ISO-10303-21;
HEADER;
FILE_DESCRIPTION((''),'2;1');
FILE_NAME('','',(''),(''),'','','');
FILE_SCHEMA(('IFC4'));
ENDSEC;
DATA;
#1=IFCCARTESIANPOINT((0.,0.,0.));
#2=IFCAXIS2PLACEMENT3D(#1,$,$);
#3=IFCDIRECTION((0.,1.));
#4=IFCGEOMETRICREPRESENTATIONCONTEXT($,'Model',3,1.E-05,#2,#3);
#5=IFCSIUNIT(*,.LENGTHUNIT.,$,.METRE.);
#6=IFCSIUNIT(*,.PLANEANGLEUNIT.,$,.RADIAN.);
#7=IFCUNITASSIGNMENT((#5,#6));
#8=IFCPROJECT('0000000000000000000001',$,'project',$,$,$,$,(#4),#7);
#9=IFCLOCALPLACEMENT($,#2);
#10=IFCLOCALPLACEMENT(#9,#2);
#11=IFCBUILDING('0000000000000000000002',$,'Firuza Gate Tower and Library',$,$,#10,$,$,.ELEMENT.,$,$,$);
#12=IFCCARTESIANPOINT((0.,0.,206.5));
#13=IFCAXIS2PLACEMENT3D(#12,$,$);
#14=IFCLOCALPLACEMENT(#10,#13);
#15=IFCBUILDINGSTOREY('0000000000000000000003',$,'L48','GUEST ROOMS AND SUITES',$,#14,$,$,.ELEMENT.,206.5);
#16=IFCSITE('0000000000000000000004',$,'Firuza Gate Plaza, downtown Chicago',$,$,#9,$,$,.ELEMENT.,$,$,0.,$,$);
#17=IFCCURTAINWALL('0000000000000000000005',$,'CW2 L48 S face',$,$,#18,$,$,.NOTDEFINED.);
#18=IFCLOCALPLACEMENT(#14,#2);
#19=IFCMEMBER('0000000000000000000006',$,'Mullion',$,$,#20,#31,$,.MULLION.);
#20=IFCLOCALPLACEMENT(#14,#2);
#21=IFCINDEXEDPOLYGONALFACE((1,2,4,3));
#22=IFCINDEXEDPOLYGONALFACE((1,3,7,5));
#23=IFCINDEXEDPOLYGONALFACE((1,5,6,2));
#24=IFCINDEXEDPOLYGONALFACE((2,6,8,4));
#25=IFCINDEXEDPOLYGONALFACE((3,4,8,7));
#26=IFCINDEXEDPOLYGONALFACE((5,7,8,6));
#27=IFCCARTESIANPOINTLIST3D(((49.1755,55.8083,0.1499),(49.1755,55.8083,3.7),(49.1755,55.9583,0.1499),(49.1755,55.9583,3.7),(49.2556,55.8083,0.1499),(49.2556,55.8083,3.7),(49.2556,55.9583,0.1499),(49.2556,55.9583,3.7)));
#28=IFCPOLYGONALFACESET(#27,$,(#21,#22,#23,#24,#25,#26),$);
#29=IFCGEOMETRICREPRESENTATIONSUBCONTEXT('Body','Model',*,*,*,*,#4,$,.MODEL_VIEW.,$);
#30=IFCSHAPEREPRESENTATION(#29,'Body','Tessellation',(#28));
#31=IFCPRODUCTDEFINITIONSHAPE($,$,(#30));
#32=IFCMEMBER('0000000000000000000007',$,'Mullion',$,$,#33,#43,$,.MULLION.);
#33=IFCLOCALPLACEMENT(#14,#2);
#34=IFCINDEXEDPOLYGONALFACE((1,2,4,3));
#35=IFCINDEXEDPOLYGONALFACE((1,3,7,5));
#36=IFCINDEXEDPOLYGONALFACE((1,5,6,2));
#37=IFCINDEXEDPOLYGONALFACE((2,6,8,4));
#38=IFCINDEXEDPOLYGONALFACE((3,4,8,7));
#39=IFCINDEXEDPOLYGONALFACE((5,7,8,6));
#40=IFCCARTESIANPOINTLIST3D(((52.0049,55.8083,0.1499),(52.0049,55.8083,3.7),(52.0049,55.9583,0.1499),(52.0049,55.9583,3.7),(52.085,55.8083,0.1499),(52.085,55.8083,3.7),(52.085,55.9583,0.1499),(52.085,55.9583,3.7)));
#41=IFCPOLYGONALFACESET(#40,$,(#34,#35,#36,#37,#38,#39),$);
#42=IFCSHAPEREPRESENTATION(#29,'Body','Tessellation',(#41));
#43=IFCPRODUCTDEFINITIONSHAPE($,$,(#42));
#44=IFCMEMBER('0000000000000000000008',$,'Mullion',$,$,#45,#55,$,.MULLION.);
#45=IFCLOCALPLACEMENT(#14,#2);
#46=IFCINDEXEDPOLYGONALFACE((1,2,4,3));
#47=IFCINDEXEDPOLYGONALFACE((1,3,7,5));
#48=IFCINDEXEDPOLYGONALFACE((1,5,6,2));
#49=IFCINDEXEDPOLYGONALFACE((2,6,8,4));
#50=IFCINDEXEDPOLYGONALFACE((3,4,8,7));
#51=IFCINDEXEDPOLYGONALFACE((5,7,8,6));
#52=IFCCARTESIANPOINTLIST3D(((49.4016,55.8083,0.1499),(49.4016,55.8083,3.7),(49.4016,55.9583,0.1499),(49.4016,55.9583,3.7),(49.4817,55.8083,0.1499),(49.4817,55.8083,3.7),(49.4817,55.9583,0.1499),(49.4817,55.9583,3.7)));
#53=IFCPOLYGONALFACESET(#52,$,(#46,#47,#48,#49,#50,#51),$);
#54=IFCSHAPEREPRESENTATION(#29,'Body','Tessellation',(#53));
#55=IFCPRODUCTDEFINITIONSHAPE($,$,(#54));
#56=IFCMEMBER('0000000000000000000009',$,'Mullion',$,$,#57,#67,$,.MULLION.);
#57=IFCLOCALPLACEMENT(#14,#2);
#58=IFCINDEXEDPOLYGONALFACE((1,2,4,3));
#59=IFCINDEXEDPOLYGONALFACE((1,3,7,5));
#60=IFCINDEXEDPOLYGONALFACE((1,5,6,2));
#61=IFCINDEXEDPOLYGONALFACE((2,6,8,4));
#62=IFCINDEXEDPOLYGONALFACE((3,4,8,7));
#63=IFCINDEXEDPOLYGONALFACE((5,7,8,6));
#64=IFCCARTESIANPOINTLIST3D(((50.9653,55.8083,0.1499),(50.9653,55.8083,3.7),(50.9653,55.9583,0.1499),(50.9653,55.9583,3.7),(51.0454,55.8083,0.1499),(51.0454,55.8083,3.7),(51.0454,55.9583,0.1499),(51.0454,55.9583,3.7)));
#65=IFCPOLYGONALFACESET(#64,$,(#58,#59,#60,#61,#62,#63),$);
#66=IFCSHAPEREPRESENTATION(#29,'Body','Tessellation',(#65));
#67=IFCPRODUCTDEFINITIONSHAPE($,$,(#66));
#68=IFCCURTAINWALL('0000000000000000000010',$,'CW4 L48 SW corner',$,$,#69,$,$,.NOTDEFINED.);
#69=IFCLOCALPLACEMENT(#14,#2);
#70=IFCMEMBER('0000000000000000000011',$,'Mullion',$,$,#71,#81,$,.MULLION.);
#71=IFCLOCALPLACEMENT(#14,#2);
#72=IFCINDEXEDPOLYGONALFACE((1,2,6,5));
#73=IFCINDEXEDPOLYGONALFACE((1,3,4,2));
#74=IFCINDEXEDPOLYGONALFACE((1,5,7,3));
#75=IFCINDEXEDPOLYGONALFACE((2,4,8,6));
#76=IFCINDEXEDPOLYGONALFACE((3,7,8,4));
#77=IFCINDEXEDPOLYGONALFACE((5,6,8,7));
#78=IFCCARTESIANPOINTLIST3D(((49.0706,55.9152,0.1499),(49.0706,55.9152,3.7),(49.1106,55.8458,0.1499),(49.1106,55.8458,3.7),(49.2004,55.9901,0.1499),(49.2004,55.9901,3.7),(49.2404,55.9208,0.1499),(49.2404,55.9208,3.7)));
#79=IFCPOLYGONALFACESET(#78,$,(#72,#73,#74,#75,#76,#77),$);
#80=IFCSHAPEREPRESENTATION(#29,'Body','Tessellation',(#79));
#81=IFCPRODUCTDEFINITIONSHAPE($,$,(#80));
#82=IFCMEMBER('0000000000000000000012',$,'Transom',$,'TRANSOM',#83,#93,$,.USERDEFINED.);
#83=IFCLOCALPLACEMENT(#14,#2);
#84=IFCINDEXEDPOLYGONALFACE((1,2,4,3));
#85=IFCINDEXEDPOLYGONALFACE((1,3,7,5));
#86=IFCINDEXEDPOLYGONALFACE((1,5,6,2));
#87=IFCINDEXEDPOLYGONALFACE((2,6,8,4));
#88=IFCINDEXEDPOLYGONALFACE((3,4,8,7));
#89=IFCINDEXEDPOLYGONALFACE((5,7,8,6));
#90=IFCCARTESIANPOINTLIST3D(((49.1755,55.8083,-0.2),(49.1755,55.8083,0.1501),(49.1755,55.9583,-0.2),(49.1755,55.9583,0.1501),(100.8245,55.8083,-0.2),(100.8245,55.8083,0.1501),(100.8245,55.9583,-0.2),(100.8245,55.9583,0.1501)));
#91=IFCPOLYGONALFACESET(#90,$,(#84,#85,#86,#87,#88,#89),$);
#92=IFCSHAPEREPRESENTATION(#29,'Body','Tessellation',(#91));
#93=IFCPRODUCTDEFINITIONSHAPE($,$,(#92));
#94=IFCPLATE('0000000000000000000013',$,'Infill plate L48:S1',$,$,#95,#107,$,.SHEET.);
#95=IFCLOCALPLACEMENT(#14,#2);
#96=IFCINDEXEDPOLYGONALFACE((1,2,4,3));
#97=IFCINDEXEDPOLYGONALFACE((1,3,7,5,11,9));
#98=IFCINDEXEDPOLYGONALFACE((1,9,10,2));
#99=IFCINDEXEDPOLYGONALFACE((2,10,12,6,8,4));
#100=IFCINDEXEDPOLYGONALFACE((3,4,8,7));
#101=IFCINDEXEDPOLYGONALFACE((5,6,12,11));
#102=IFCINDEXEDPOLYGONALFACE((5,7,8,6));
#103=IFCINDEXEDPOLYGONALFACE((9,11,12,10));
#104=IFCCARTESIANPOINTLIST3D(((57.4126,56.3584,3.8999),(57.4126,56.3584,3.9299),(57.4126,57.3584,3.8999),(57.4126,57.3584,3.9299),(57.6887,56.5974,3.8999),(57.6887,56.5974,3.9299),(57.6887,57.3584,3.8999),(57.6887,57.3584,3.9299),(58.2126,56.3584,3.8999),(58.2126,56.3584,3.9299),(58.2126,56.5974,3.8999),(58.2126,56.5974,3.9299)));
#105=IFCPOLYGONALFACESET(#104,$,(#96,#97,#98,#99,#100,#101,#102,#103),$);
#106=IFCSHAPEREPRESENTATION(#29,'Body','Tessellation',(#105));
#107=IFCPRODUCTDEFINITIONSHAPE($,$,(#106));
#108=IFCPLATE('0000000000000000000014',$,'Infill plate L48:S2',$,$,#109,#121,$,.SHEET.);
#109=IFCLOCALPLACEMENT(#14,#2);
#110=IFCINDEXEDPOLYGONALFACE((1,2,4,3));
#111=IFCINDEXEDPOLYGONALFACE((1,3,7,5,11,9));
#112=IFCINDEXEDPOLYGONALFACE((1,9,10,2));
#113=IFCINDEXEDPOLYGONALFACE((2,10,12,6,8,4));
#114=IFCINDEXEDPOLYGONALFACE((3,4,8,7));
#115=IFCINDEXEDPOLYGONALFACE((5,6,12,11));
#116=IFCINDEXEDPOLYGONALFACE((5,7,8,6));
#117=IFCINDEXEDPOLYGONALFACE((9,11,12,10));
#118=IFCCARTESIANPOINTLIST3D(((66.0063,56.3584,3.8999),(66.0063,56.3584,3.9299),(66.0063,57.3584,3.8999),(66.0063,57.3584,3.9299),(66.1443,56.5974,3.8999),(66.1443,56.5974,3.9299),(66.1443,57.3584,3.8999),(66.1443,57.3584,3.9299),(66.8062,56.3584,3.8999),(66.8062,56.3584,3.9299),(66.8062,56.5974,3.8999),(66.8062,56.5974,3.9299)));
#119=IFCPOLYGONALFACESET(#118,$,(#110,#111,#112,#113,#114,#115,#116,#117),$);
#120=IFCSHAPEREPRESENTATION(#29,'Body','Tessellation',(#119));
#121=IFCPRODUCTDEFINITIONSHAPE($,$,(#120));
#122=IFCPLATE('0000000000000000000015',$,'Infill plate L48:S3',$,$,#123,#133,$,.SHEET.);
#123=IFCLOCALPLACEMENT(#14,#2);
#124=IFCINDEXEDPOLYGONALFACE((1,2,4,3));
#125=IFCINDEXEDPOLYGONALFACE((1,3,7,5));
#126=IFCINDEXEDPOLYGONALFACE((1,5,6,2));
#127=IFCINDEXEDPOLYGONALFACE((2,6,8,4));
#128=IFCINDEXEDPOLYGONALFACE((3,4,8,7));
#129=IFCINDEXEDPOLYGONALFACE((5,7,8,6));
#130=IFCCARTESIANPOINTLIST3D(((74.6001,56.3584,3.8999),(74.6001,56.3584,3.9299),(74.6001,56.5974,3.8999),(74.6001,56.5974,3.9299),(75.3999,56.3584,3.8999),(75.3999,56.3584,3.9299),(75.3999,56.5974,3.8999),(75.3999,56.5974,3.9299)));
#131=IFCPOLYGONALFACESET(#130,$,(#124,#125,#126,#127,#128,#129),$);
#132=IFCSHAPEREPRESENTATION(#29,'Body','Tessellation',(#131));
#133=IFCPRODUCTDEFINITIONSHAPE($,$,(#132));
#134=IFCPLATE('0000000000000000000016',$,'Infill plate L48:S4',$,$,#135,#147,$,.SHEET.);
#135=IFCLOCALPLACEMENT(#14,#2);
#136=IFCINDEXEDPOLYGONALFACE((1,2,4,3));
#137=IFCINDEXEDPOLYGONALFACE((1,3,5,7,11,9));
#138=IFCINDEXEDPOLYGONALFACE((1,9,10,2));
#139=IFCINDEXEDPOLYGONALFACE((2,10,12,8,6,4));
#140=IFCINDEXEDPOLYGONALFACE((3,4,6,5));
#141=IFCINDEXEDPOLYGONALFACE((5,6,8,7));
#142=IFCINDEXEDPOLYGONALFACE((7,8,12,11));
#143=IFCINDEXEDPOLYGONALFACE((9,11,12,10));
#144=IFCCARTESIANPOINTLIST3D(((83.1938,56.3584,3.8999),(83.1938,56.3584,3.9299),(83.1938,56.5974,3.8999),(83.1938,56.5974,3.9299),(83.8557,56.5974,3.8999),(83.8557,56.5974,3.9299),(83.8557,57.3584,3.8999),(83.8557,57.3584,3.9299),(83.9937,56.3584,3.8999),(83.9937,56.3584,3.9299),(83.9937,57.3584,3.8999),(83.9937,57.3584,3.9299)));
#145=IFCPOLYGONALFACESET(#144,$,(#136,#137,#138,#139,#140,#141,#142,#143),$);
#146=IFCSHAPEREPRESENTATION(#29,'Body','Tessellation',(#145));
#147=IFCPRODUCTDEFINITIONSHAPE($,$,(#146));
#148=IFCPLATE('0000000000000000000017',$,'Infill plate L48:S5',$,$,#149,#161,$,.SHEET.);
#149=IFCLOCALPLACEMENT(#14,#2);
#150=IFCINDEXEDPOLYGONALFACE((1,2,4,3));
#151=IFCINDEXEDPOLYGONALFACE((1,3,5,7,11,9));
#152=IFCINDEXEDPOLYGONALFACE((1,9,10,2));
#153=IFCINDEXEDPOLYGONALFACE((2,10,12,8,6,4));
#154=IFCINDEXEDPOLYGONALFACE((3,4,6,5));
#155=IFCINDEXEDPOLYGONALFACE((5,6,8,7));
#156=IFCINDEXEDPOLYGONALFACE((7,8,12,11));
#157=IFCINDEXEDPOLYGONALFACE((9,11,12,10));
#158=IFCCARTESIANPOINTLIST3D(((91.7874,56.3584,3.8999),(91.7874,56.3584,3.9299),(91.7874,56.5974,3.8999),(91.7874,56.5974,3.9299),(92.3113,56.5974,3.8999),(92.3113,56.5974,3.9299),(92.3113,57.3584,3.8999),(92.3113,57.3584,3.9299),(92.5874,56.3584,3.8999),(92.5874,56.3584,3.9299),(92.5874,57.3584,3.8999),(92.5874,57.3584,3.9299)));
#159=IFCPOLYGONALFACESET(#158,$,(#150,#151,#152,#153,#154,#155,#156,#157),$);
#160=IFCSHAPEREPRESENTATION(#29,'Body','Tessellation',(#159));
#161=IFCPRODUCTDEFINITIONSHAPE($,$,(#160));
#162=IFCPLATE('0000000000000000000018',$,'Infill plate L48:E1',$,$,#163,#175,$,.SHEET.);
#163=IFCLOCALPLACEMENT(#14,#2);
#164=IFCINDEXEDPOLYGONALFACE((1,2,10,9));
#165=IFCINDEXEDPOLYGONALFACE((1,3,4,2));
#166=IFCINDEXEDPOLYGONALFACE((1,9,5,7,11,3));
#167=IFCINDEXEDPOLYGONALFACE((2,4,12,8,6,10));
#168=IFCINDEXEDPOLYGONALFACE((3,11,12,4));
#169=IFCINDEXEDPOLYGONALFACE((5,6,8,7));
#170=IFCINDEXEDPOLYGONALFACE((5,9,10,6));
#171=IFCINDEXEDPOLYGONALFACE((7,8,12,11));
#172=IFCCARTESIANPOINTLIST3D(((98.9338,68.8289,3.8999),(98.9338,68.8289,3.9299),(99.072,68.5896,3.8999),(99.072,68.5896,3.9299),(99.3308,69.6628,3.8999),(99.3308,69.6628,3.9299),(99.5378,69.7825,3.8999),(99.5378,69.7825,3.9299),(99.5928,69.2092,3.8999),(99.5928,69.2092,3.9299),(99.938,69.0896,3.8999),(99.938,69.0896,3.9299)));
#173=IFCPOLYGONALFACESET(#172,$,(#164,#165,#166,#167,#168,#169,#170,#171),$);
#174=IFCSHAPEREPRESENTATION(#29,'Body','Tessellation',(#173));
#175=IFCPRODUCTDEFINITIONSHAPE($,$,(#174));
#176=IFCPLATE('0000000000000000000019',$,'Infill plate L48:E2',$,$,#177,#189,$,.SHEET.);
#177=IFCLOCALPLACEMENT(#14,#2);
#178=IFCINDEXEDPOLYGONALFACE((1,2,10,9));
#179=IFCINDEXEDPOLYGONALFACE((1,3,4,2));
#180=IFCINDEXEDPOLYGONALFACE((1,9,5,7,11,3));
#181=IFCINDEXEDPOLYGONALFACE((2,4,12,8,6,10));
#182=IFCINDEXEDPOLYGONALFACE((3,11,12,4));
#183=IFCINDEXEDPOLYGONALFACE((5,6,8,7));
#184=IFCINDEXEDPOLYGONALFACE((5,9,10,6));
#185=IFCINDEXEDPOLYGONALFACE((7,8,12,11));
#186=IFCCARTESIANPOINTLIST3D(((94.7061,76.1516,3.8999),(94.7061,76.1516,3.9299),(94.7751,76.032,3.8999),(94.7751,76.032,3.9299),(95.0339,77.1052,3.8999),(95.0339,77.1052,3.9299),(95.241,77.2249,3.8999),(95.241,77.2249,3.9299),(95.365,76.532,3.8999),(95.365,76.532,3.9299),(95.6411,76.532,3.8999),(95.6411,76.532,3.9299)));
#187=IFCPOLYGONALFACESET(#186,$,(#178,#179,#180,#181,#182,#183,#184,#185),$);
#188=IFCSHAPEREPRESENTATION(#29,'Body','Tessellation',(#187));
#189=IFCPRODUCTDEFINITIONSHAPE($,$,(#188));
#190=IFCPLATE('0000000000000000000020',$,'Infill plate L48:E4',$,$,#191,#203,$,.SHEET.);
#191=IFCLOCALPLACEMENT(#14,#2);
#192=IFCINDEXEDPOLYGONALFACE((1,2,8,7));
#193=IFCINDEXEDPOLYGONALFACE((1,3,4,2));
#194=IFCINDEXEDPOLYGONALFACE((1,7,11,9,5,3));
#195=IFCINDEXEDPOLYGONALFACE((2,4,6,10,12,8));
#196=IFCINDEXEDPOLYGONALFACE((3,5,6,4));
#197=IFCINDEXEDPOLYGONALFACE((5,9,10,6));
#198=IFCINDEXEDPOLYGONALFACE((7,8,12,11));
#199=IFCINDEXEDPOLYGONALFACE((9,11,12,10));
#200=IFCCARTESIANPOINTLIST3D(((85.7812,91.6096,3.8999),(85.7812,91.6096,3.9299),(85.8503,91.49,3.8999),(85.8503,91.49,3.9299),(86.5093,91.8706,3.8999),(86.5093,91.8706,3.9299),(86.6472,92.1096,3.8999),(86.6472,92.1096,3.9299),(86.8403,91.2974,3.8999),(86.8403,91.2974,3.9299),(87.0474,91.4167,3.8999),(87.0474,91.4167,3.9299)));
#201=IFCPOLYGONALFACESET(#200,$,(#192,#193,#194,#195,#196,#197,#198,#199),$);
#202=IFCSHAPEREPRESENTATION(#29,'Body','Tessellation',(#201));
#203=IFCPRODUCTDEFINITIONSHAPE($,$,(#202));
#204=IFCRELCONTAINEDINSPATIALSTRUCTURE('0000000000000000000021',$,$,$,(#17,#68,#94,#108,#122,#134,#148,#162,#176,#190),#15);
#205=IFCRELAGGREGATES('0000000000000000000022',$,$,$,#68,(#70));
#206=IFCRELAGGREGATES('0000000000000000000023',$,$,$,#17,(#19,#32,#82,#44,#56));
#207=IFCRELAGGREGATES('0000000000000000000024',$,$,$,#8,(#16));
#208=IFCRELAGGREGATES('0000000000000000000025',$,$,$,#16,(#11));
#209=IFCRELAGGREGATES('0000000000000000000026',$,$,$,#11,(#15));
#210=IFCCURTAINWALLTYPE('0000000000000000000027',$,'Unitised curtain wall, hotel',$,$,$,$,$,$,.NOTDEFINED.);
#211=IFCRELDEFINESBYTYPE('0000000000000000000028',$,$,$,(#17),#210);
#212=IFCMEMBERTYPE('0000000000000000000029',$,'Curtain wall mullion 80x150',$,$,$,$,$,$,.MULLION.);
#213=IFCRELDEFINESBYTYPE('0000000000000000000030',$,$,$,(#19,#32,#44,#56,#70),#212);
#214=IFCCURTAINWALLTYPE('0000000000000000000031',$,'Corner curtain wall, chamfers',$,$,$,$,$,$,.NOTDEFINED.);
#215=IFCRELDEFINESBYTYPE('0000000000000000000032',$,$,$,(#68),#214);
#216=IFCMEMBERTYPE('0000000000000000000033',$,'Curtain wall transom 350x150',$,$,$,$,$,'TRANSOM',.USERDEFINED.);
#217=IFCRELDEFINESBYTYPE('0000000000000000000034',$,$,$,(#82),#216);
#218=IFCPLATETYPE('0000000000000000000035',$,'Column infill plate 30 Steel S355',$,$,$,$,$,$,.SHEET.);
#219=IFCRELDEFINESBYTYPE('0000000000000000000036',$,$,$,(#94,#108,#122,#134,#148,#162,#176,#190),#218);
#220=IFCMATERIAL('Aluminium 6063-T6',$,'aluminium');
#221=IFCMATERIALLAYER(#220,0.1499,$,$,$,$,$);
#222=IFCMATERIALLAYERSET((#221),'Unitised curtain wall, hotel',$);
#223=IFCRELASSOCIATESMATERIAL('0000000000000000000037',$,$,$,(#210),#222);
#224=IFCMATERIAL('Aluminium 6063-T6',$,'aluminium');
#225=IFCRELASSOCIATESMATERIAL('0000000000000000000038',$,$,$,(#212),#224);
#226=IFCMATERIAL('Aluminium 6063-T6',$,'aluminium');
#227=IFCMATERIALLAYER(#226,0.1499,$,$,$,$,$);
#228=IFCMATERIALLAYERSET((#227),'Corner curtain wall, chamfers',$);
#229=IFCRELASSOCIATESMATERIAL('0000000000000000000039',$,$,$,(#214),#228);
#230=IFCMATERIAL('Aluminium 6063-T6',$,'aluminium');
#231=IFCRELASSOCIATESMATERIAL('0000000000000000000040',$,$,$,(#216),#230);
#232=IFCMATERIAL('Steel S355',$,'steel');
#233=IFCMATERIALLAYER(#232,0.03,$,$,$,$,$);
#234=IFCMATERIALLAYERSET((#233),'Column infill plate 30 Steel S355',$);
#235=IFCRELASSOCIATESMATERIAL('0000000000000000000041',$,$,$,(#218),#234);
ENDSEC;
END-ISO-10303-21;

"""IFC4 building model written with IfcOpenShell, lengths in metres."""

from ifc_helpers import new_model, si_unit, direction, frame, origin, origin_2d, place, context, subcontext, project, spatial, polyline, rectangle, outline, extrude, material, layer, layer_set, material_profile, profile_set, type_object, element, aggregate, save


model = new_model("IFC4")

# Units and contexts
model_context = context("Model", 3, precision=1e-05, world=origin(), true_north=direction((0.0, 1.0)))
body_context = subcontext(model_context, "Body", "Model", "MODEL_VIEW")
ifc_project = project(units=[si_unit("LENGTHUNIT", "METRE"), si_unit("PLANEANGLEUNIT", "RADIAN")], contexts=[model_context])

# Site, building, storey
site_placement = place(None, origin())
site = spatial("IfcSite", under=ifc_project, at=site_placement, Name="Firuza Gate Plaza, downtown Chicago", CompositionType="ELEMENT", RefElevation=0.0)
building_placement = place(site_placement, origin())
building = spatial("IfcBuilding", under=site, at=building_placement, Name="Firuza Gate Tower and Library", CompositionType="ELEMENT")
storey_placement = place(building_placement, frame((0.0, 0.0, 206.5)))
storey = spatial("IfcBuildingStorey", under=building, at=storey_placement, Name="L48", Description="GUEST ROOMS AND SUITES", CompositionType="ELEMENT", Elevation=206.5)

# Curtain wall, members
ifc_material_1 = material(Name="Aluminium 6063-T6", Category="aluminium")
ifc_layer_1 = layer(ifc_material_1, 0.1499)
ifc_layer_set_1 = layer_set([ifc_layer_1], Name="Unitised curtain wall, hotel")
curtain_wall_type_1 = type_object("IfcCurtainWallType", Name="Unitised curtain wall, hotel", PredefinedType="NOTDEFINED", material=ifc_layer_set_1)
placement_1 = place(storey_placement, origin())
curtain_wall_1 = element("IfcCurtainWall", 1, at=placement_1, inside=storey, type_object=curtain_wall_type_1, Name="CW2 L48 S face", PredefinedType="NOTDEFINED")
ifc_material_2 = material(Name="Aluminium 6063-T6", Category="aluminium")
ifc_material_profile_1 = material_profile(ifc_material_2, rectangle(XDim=0.1499, YDim=0.0801, at=origin_2d()))
ifc_profile_set_1 = profile_set([ifc_material_profile_1], Name="Aluminium 6063-T6")
member_type_1 = type_object("IfcMemberType", Name="Curtain wall mullion 80x150", PredefinedType="MULLION", material=ifc_profile_set_1)
member_1_placement = place(storey_placement, frame((49.2156, 55.8833, 0.1499), z_axis=(0.0, 0.0, 1.0), x_axis=(0.0, 1.0, 0.0)))
member_1 = element("IfcMember", 2, at=member_1_placement, type_object=member_type_1, Name="Mullion", PredefinedType="MULLION", context=body_context, shape_type="SweptSolid", body=[
    extrude(rectangle(XDim=0.1499, YDim=0.0801, at=origin_2d()), origin(), (0.0, 0.0, 1.0), 3.55),
])
member_2_placement = place(storey_placement, frame((52.0449, 55.8833, 0.1499), z_axis=(0.0, 0.0, 1.0), x_axis=(0.0, 1.0, 0.0)))
member_2 = element("IfcMember", 3, at=member_2_placement, type_object=member_type_1, Name="Mullion", PredefinedType="MULLION", context=body_context, shape_type="SweptSolid", body=[
    extrude(rectangle(XDim=0.1499, YDim=0.0801, at=origin_2d()), origin(), (0.0, 0.0, 1.0), 3.55),
])
member_3_placement = place(storey_placement, frame((49.4417, 55.8833, 0.1499), z_axis=(0.0, 0.0, 1.0), x_axis=(0.0, 1.0, 0.0)))
member_3 = element("IfcMember", 4, at=member_3_placement, type_object=member_type_1, Name="Mullion", PredefinedType="MULLION", context=body_context, shape_type="SweptSolid", body=[
    extrude(rectangle(XDim=0.1499, YDim=0.0801, at=origin_2d()), origin(), (0.0, 0.0, 1.0), 3.55),
])
member_4_placement = place(storey_placement, frame((51.0054, 55.8833, 0.1499), z_axis=(0.0, 0.0, 1.0), x_axis=(0.0, 1.0, 0.0)))
member_4 = element("IfcMember", 5, at=member_4_placement, type_object=member_type_1, Name="Mullion", PredefinedType="MULLION", context=body_context, shape_type="SweptSolid", body=[
    extrude(rectangle(XDim=0.1499, YDim=0.0801, at=origin_2d()), origin(), (0.0, 0.0, 1.0), 3.55),
])

# Curtain wall, member
ifc_material_3 = material(Name="Aluminium 6063-T6", Category="aluminium")
ifc_layer_2 = layer(ifc_material_3, 0.1499)
ifc_layer_set_2 = layer_set([ifc_layer_2], Name="Corner curtain wall, chamfers")
curtain_wall_type_2 = type_object("IfcCurtainWallType", Name="Corner curtain wall, chamfers", PredefinedType="NOTDEFINED", material=ifc_layer_set_2)
curtain_wall_2 = element("IfcCurtainWall", 6, at=placement_1, inside=storey, type_object=curtain_wall_type_2, Name="CW4 L48 SW corner", PredefinedType="NOTDEFINED")
member_5_placement = place(storey_placement, frame((49.1555, 55.918, 0.1499), z_axis=(0.0, 0.0, 1.0), x_axis=(0.866025, 0.5, 0.0)))
member_5 = element("IfcMember", 7, at=member_5_placement, type_object=member_type_1, Name="Mullion", PredefinedType="MULLION", context=body_context, shape_type="SweptSolid", body=[
    extrude(rectangle(XDim=0.1499, YDim=0.0801, at=origin_2d()), origin(), (0.0, 0.0, 1.0), 3.55),
])
aggregate(curtain_wall_2, [member_5])

# Member
ifc_material_4 = material(Name="Aluminium 6063-T6", Category="aluminium")
ifc_material_profile_2 = material_profile(ifc_material_4, rectangle(XDim=0.1499, YDim=0.3501, at=origin_2d()))
ifc_profile_set_2 = profile_set([ifc_material_profile_2], Name="Aluminium 6063-T6")
member_type_2 = type_object("IfcMemberType", Name="Curtain wall transom 350x150", ElementType="TRANSOM", PredefinedType="USERDEFINED", material=ifc_profile_set_2)
member_6_placement = place(storey_placement, frame((49.1755, 55.8833, -0.0249), z_axis=(1.0, 0.0, 0.0), x_axis=(0.0, 1.0, 0.0)))
member_6 = element("IfcMember", 8, at=member_6_placement, type_object=member_type_2, Name="Transom", ObjectType="TRANSOM", PredefinedType="USERDEFINED", context=body_context, shape_type="SweptSolid", body=[
    extrude(rectangle(XDim=0.1499, YDim=0.3501, at=origin_2d()), origin(), (0.0, 0.0, 1.0), 51.6489),
])

# Plates
ifc_material_5 = material(Name="Steel S355", Category="steel")
ifc_layer_3 = layer(ifc_material_5, 0.03)
ifc_layer_set_3 = layer_set([ifc_layer_3], Name="Column infill plate 30 Steel S355")
plate_type_1 = type_object("IfcPlateType", Name="Column infill plate 30 Steel S355", PredefinedType="SHEET", material=ifc_layer_set_3)
placement_2 = place(storey_placement, frame((0.0, 0.0, 3.8999)))
element("IfcPlate", 9, at=placement_2, inside=storey, type_object=plate_type_1, Name="Infill plate L48:S1", PredefinedType="SHEET", context=body_context, shape_type="SweptSolid", body=[
    extrude(outline(polyline([(58.2126, 56.3584), (58.2126, 56.5974), (57.6887, 56.5974), (57.6887, 57.3584), (57.4126, 57.3584), (57.4126, 56.3584), (58.2126, 56.3584)])), origin(), (0.0, 0.0, 1.0), 0.03),
])
element("IfcPlate", 10, at=placement_2, inside=storey, type_object=plate_type_1, Name="Infill plate L48:S2", PredefinedType="SHEET", context=body_context, shape_type="SweptSolid", body=[
    extrude(outline(polyline([(66.8062, 56.3584), (66.8062, 56.5974), (66.1443, 56.5974), (66.1443, 57.3584), (66.0063, 57.3584), (66.0063, 56.3584), (66.8062, 56.3584)])), origin(), (0.0, 0.0, 1.0), 0.03),
])
element("IfcPlate", 11, at=placement_2, inside=storey, type_object=plate_type_1, Name="Infill plate L48:S3", PredefinedType="SHEET", context=body_context, shape_type="SweptSolid", body=[
    extrude(outline(polyline([(75.3999, 56.3584), (75.3999, 56.5974), (74.6001, 56.5974), (74.6001, 56.3584), (75.3999, 56.3584)])), origin(), (0.0, 0.0, 1.0), 0.03),
])
element("IfcPlate", 12, at=placement_2, inside=storey, type_object=plate_type_1, Name="Infill plate L48:S4", PredefinedType="SHEET", context=body_context, shape_type="SweptSolid", body=[
    extrude(outline(polyline([(83.9937, 57.3584), (83.8557, 57.3584), (83.8557, 56.5974), (83.1938, 56.5974), (83.1938, 56.3584), (83.9937, 56.3584), (83.9937, 57.3584)])), origin(), (0.0, 0.0, 1.0), 0.03),
])
element("IfcPlate", 13, at=placement_2, inside=storey, type_object=plate_type_1, Name="Infill plate L48:S5", PredefinedType="SHEET", context=body_context, shape_type="SweptSolid", body=[
    extrude(outline(polyline([(92.5874, 57.3584), (92.3113, 57.3584), (92.3113, 56.5974), (91.7874, 56.5974), (91.7874, 56.3584), (92.5874, 56.3584), (92.5874, 57.3584)])), origin(), (0.0, 0.0, 1.0), 0.03),
])
element("IfcPlate", 14, at=placement_2, inside=storey, type_object=plate_type_1, Name="Infill plate L48:E1", PredefinedType="SHEET", context=body_context, shape_type="SweptSolid", body=[
    extrude(outline(polyline([(99.5378, 69.7825), (99.3308, 69.6628), (99.5928, 69.2092), (98.9338, 68.8289), (99.072, 68.5896), (99.938, 69.0896), (99.5378, 69.7825)])), origin(), (0.0, 0.0, 1.0), 0.03),
])
element("IfcPlate", 15, at=placement_2, inside=storey, type_object=plate_type_1, Name="Infill plate L48:E2", PredefinedType="SHEET", context=body_context, shape_type="SweptSolid", body=[
    extrude(outline(polyline([(95.241, 77.2249), (95.0339, 77.1052), (95.365, 76.532), (94.7061, 76.1516), (94.7751, 76.032), (95.6411, 76.532), (95.241, 77.2249)])), origin(), (0.0, 0.0, 1.0), 0.03),
])
element("IfcPlate", 16, at=placement_2, inside=storey, type_object=plate_type_1, Name="Infill plate L48:E4", PredefinedType="SHEET", context=body_context, shape_type="SweptSolid", body=[
    extrude(outline(polyline([(85.7812, 91.6096), (85.8503, 91.49), (86.5093, 91.8706), (86.8403, 91.2974), (87.0474, 91.4167), (86.6472, 92.1096), (85.7812, 91.6096)])), origin(), (0.0, 0.0, 1.0), 0.03),
])

aggregate(curtain_wall_1, [member_1, member_2, member_6, member_3, member_4])

save(model, "model.ifc")
